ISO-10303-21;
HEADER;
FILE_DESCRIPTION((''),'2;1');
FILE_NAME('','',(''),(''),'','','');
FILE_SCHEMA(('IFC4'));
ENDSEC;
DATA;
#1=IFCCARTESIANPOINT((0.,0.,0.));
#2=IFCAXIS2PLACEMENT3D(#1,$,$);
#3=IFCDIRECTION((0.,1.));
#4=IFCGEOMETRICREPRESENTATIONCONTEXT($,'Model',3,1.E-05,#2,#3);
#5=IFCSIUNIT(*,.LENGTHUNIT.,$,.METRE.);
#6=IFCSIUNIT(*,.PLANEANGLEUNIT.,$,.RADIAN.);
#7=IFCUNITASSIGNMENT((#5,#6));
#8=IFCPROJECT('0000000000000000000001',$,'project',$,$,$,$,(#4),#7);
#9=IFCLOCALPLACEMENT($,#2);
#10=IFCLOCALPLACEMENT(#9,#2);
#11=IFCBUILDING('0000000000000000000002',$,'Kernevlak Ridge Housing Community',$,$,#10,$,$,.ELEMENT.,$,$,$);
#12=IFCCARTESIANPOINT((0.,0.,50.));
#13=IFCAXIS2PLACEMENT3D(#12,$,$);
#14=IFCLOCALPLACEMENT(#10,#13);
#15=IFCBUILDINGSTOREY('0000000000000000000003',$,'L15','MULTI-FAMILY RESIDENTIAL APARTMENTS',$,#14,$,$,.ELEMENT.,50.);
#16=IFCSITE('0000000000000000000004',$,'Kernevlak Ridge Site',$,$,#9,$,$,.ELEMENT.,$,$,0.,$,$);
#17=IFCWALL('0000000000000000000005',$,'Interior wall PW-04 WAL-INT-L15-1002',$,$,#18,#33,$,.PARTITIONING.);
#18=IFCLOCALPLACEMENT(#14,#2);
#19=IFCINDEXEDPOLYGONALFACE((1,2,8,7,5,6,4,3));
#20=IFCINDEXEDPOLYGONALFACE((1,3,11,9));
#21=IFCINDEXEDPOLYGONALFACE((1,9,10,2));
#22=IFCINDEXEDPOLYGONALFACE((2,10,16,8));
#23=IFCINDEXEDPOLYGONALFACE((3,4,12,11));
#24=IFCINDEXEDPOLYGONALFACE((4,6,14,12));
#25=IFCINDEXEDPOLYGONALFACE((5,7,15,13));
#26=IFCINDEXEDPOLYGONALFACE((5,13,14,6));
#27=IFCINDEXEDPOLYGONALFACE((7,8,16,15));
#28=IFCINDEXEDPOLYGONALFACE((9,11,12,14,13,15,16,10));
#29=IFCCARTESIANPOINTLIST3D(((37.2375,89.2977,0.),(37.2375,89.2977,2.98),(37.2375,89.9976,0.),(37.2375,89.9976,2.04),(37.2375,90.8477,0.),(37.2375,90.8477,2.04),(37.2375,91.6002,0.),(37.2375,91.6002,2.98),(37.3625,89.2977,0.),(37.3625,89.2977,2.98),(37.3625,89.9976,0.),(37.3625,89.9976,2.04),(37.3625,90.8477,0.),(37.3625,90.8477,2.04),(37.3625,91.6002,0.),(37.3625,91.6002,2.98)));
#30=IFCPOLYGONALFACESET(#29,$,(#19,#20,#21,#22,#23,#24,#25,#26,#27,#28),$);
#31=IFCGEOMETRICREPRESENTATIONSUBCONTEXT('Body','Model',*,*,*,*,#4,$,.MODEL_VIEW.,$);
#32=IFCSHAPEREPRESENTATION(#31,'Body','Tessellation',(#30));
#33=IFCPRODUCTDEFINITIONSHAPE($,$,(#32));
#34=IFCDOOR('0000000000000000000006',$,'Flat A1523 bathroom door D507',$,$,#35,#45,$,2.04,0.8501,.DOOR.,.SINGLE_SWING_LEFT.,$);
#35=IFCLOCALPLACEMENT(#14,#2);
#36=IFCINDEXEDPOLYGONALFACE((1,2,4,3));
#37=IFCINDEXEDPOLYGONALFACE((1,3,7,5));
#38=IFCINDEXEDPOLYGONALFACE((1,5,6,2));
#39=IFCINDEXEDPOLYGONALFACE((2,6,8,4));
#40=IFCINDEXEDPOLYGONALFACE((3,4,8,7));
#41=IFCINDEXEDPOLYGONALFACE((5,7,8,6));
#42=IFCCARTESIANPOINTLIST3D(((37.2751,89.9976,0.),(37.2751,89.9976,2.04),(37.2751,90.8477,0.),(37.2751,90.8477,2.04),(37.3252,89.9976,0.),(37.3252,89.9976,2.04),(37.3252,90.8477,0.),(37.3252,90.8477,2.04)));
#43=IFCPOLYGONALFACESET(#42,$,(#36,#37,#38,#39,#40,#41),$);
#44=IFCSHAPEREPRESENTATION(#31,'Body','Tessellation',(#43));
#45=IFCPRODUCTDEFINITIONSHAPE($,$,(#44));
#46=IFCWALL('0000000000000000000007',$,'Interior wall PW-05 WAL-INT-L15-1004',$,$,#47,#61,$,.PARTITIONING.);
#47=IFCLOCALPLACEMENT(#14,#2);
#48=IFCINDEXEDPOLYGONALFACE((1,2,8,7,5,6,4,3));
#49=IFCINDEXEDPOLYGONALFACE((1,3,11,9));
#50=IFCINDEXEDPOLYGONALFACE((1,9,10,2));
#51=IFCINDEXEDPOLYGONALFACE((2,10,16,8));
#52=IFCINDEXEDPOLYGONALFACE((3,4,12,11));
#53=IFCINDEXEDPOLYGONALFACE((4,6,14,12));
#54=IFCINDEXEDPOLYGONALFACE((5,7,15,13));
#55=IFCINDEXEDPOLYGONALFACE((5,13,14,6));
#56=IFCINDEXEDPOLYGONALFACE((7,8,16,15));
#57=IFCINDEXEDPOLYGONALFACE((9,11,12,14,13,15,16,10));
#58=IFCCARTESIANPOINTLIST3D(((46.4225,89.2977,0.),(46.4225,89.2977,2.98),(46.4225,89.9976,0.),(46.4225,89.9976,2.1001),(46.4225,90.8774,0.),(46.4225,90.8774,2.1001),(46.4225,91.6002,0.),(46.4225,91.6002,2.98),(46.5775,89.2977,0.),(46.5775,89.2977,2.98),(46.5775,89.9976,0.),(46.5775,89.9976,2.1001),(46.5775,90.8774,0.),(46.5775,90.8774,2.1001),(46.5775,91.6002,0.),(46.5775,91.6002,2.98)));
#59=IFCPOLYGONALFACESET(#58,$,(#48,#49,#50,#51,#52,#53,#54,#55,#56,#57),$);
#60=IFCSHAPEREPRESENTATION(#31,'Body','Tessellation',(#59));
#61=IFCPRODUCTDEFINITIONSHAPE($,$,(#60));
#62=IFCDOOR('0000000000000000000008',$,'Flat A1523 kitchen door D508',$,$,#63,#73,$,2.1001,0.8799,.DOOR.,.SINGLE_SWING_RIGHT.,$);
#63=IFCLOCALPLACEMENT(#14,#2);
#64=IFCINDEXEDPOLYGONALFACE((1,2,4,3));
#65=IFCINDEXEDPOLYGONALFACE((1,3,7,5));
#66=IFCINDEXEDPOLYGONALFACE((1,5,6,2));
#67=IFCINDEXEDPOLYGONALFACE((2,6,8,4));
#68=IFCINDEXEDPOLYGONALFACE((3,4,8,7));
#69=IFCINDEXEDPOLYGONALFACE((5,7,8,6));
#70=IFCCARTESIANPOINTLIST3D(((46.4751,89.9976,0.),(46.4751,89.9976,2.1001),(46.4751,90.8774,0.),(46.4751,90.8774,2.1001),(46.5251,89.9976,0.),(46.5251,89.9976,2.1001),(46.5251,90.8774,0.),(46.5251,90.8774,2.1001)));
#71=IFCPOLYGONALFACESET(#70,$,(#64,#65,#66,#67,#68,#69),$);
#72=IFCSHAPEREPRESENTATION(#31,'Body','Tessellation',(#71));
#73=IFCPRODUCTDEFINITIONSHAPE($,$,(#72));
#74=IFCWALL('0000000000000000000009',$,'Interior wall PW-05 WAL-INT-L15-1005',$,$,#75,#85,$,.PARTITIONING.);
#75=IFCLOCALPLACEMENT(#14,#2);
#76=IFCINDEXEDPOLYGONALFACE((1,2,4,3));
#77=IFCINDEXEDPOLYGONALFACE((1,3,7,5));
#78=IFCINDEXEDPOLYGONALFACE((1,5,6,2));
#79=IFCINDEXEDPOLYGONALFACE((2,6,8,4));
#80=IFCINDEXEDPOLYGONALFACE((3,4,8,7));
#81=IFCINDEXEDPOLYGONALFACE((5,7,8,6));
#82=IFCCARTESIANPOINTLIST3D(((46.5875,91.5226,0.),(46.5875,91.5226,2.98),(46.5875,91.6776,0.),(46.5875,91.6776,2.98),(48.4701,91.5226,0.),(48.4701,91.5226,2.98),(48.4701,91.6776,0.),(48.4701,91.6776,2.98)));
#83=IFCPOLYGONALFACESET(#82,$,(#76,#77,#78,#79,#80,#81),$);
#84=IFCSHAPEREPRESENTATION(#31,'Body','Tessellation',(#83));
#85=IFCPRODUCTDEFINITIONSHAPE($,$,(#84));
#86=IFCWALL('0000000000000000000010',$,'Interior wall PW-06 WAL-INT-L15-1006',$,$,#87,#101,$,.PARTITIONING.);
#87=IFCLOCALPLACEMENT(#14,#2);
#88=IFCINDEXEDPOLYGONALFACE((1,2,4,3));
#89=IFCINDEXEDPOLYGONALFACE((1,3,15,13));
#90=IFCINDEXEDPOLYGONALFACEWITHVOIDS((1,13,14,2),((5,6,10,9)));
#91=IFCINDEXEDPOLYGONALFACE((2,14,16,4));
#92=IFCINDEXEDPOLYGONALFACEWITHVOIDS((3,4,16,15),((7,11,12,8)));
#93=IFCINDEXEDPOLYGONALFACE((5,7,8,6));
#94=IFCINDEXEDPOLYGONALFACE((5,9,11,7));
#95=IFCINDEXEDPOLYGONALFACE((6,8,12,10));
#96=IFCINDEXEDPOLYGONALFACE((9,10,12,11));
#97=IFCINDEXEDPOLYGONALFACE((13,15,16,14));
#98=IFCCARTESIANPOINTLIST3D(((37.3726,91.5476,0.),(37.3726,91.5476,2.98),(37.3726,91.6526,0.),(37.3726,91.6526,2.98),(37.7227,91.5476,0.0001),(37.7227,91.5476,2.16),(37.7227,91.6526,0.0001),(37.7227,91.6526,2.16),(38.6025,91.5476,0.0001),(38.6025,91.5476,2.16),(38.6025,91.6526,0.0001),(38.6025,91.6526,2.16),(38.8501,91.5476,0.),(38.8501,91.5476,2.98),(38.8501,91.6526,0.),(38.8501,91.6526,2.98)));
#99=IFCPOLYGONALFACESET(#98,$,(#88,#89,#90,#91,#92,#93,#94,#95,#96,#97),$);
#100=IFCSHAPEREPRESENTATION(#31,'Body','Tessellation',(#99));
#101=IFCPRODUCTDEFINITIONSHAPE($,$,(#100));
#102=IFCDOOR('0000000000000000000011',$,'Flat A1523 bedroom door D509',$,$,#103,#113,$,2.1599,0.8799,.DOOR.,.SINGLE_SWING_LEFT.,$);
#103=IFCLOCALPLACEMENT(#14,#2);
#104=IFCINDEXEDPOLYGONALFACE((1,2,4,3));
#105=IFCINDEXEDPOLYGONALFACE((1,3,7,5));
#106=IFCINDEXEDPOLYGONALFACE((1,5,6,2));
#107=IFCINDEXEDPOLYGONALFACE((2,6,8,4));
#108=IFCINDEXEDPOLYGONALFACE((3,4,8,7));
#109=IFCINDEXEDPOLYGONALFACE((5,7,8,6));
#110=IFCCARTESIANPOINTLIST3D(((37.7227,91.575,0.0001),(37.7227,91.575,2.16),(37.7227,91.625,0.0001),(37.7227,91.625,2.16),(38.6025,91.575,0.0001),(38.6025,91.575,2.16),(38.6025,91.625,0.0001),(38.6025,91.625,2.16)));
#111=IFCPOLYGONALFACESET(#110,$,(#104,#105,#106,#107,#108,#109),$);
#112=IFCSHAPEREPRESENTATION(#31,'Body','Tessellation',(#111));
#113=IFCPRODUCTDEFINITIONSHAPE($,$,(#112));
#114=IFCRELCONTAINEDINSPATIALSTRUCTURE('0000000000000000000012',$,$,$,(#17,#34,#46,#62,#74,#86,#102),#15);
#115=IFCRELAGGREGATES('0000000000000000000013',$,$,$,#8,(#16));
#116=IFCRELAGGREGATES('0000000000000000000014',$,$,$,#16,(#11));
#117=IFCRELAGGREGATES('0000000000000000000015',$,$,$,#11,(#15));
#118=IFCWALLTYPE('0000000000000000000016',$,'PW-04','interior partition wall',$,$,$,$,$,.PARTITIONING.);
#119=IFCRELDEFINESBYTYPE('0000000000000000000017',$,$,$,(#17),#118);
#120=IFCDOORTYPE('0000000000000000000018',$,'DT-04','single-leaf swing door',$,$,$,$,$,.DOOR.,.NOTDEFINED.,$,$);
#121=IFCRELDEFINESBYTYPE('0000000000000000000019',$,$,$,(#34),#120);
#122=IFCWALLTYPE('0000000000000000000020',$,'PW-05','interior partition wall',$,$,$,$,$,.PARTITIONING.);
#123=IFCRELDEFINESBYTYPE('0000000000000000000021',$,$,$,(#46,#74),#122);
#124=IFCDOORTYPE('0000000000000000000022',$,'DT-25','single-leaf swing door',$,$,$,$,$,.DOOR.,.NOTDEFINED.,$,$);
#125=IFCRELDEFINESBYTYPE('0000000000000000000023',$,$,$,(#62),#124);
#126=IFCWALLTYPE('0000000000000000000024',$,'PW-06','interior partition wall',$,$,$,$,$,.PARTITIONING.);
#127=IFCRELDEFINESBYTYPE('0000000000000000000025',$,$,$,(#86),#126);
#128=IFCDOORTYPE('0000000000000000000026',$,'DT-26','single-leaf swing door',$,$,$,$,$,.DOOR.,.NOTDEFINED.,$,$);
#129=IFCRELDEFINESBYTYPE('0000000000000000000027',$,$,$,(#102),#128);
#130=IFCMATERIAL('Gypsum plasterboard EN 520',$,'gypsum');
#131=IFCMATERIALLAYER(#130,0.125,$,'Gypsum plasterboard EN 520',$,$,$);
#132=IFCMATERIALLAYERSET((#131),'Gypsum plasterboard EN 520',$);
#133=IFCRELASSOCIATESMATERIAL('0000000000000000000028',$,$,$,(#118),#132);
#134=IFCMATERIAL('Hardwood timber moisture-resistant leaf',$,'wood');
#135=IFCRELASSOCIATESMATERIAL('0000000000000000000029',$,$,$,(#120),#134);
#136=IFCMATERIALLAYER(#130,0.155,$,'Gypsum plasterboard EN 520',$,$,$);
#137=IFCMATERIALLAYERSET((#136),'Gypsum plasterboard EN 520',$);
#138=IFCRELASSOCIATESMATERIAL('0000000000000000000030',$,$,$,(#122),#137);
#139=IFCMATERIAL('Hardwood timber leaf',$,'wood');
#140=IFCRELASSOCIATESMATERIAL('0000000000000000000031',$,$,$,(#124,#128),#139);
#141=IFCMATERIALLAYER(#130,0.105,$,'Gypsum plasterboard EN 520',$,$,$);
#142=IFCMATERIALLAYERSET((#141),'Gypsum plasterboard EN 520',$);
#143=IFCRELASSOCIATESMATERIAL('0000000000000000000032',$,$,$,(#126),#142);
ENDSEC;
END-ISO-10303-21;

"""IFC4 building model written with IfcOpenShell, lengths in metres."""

from ifc_helpers import new_model, si_unit, direction, frame, frame_2d, origin, place, context, subcontext, project, spatial, rectangle, extrude, material, layer, layer_set, type_object, element, fill, save


model = new_model("IFC4")

# Units and contexts
model_context = context("Model", 3, precision=1e-05, world=origin(), true_north=direction((0.0, 1.0)))
body_context = subcontext(model_context, "Body", "Model", "MODEL_VIEW")
ifc_project = project(units=[si_unit("LENGTHUNIT", "METRE"), si_unit("PLANEANGLEUNIT", "RADIAN")], contexts=[model_context])

# Site, building, storey
site_placement = place(None, origin())
site = spatial("IfcSite", under=ifc_project, at=site_placement, Name="Kernevlak Ridge Site", CompositionType="ELEMENT", RefElevation=0.0)
building_placement = place(site_placement, origin())
building = spatial("IfcBuilding", under=site, at=building_placement, Name="Kernevlak Ridge Housing Community", CompositionType="ELEMENT")
storey_placement = place(building_placement, frame((0.0, 0.0, 50.0)))
storey = spatial("IfcBuildingStorey", under=building, at=storey_placement, Name="L15", Description="MULTI-FAMILY RESIDENTIAL APARTMENTS", CompositionType="ELEMENT", Elevation=50.0)

# Walls, openings, doors
ifc_material_1 = material(Name="Gypsum plasterboard EN 520", Category="gypsum")
ifc_layer_1 = layer(ifc_material_1, 0.125, Name="Gypsum plasterboard EN 520")
ifc_layer_set_1 = layer_set([ifc_layer_1], Name="Gypsum plasterboard EN 520")
wall_type_1 = type_object("IfcWallType", Name="PW-04", Description="interior partition wall", PredefinedType="PARTITIONING", material=ifc_layer_set_1)
wall_1_placement = place(storey_placement, frame((37.3, 89.2976, 0.0), z_axis=(0.0, 0.0, 1.0), x_axis=(0.0, 1.0, 0.0)))
wall_1 = element("IfcWall", 1, at=wall_1_placement, inside=storey, type_object=wall_type_1, Name="Interior wall PW-04 WAL-INT-L15-1002", PredefinedType="PARTITIONING", context=body_context, shape_type="SweptSolid", body=[
    extrude(rectangle(XDim=2.3025, YDim=0.125, at=frame_2d((1.1514, 0.0))), origin(), (0.0, 0.0, 1.0), 2.98),
])
opening_1_placement = place(wall_1_placement, frame((0.7, 0.0, 0.0)))
opening_1 = element("IfcOpeningElement", 2, at=opening_1_placement, cuts=wall_1, PredefinedType="OPENING", context=body_context, shape_type="SweptSolid", body=[
    extrude(rectangle(XDim=0.8501, YDim=2.04, at=frame_2d((0.425, 1.02))), frame((0.0, 0.0725, 0.0), z_axis=(0.0, -1.0, 0.0), x_axis=(1.0, 0.0, 0.0)), (0.0, 0.0, 1.0), 0.145),
])
ifc_material_2 = material(Name="Hardwood timber moisture-resistant leaf", Category="wood")
door_type_1 = type_object("IfcDoorType", Name="DT-04", Description="single-leaf swing door", OperationType="NOTDEFINED", PredefinedType="DOOR", material=ifc_material_2)
door_1_placement = place(opening_1_placement, origin())
door_1 = element("IfcDoor", 3, at=door_1_placement, inside=storey, type_object=door_type_1, Name="Flat A1523 bathroom door D507", OperationType="SINGLE_SWING_LEFT", OverallHeight=2.04, OverallWidth=0.8501, PredefinedType="DOOR", context=body_context, shape_type="SweptSolid", body=[
    extrude(rectangle(XDim=0.8501, YDim=2.04, at=frame_2d((0.425, 1.02))), frame((0.0, 0.0249, 0.0), z_axis=(0.0, -1.0, 0.0), x_axis=(1.0, 0.0, 0.0)), (0.0, 0.0, 1.0), 0.05),
])
fill(opening_1, door_1)
ifc_layer_2 = layer(ifc_material_1, 0.155, Name="Gypsum plasterboard EN 520")
ifc_layer_set_2 = layer_set([ifc_layer_2], Name="Gypsum plasterboard EN 520")
wall_type_2 = type_object("IfcWallType", Name="PW-05", Description="interior partition wall", PredefinedType="PARTITIONING", material=ifc_layer_set_2)
wall_2_placement = place(storey_placement, frame((46.5, 89.2976, 0.0), z_axis=(0.0, 0.0, 1.0), x_axis=(0.0, 1.0, 0.0)))
wall_2 = element("IfcWall", 4, at=wall_2_placement, inside=storey, type_object=wall_type_2, Name="Interior wall PW-05 WAL-INT-L15-1004", PredefinedType="PARTITIONING", context=body_context, shape_type="SweptSolid", body=[
    extrude(rectangle(XDim=2.3025, YDim=0.155, at=frame_2d((1.1514, 0.0))), origin(), (0.0, 0.0, 1.0), 2.98),
])
opening_2_placement = place(wall_2_placement, frame((0.7, 0.0, 0.0)))
opening_2 = element("IfcOpeningElement", 5, at=opening_2_placement, cuts=wall_2, PredefinedType="OPENING", context=body_context, shape_type="SweptSolid", body=[
    extrude(rectangle(XDim=0.8799, YDim=2.1001, at=frame_2d((0.4399, 1.05))), frame((0.0, 0.0874, 0.0), z_axis=(0.0, -1.0, 0.0), x_axis=(1.0, 0.0, 0.0)), (0.0, 0.0, 1.0), 0.175),
])
ifc_material_3 = material(Name="Hardwood timber leaf", Category="wood")
door_type_2 = type_object("IfcDoorType", Name="DT-25", Description="single-leaf swing door", OperationType="NOTDEFINED", PredefinedType="DOOR", material=ifc_material_3)
door_2_placement = place(opening_2_placement, origin())
door_2 = element("IfcDoor", 6, at=door_2_placement, inside=storey, type_object=door_type_2, Name="Flat A1523 kitchen door D508", OperationType="SINGLE_SWING_RIGHT", OverallHeight=2.1001, OverallWidth=0.8799, PredefinedType="DOOR", context=body_context, shape_type="SweptSolid", body=[
    extrude(rectangle(XDim=0.8799, YDim=2.1001, at=frame_2d((0.4399, 1.05))), frame((0.0, 0.0249, 0.0), z_axis=(0.0, -1.0, 0.0), x_axis=(1.0, 0.0, 0.0)), (0.0, 0.0, 1.0), 0.05),
])
fill(opening_2, door_2)

# Wall
wall_3_placement = place(storey_placement, frame((46.5874, 91.6001, 0.0), z_axis=(0.0, 0.0, 1.0), x_axis=(1.0, 0.0, 0.0)))
element("IfcWall", 7, at=wall_3_placement, inside=storey, type_object=wall_type_2, Name="Interior wall PW-05 WAL-INT-L15-1005", PredefinedType="PARTITIONING", context=body_context, shape_type="SweptSolid", body=[
    extrude(rectangle(XDim=1.8826, YDim=0.155, at=frame_2d((0.9414, 0.0))), origin(), (0.0, 0.0, 1.0), 2.98),
])

# Wall, opening, door
ifc_layer_3 = layer(ifc_material_1, 0.105, Name="Gypsum plasterboard EN 520")
ifc_layer_set_3 = layer_set([ifc_layer_3], Name="Gypsum plasterboard EN 520")
wall_type_3 = type_object("IfcWallType", Name="PW-06", Description="interior partition wall", PredefinedType="PARTITIONING", material=ifc_layer_set_3)
wall_4_placement = place(storey_placement, frame((37.3726, 91.6001, 0.0), z_axis=(0.0, 0.0, 1.0), x_axis=(1.0, 0.0, 0.0)))
wall_4 = element("IfcWall", 8, at=wall_4_placement, inside=storey, type_object=wall_type_3, Name="Interior wall PW-06 WAL-INT-L15-1006", PredefinedType="PARTITIONING", context=body_context, shape_type="SweptSolid", body=[
    extrude(rectangle(XDim=1.4775, YDim=0.105, at=frame_2d((0.7388, 0.0))), origin(), (0.0, 0.0, 1.0), 2.98),
])
opening_3_placement = place(wall_4_placement, frame((0.3501, 0.0, 0.0)))
opening_3 = element("IfcOpeningElement", 9, at=opening_3_placement, cuts=wall_4, PredefinedType="OPENING", context=body_context, shape_type="SweptSolid", body=[
    extrude(rectangle(XDim=0.8799, YDim=2.1599, at=frame_2d((0.4399, 1.0801))), frame((0.0, 0.0625, 0.0), z_axis=(0.0, -1.0, 0.0), x_axis=(1.0, 0.0, 0.0)), (0.0, 0.0, 1.0), 0.125),
])
door_type_3 = type_object("IfcDoorType", Name="DT-26", Description="single-leaf swing door", OperationType="NOTDEFINED", PredefinedType="DOOR", material=ifc_material_3)
door_3_placement = place(opening_3_placement, origin())
door_3 = element("IfcDoor", 10, at=door_3_placement, inside=storey, type_object=door_type_3, Name="Flat A1523 bedroom door D509", OperationType="SINGLE_SWING_LEFT", OverallHeight=2.1599, OverallWidth=0.8799, PredefinedType="DOOR", context=body_context, shape_type="SweptSolid", body=[
    extrude(rectangle(XDim=0.8799, YDim=2.1599, at=frame_2d((0.4399, 1.0801))), frame((0.0, 0.0249, 0.0), z_axis=(0.0, -1.0, 0.0), x_axis=(1.0, 0.0, 0.0)), (0.0, 0.0, 1.0), 0.05),
])
fill(opening_3, door_3)

save(model, "model.ifc")
